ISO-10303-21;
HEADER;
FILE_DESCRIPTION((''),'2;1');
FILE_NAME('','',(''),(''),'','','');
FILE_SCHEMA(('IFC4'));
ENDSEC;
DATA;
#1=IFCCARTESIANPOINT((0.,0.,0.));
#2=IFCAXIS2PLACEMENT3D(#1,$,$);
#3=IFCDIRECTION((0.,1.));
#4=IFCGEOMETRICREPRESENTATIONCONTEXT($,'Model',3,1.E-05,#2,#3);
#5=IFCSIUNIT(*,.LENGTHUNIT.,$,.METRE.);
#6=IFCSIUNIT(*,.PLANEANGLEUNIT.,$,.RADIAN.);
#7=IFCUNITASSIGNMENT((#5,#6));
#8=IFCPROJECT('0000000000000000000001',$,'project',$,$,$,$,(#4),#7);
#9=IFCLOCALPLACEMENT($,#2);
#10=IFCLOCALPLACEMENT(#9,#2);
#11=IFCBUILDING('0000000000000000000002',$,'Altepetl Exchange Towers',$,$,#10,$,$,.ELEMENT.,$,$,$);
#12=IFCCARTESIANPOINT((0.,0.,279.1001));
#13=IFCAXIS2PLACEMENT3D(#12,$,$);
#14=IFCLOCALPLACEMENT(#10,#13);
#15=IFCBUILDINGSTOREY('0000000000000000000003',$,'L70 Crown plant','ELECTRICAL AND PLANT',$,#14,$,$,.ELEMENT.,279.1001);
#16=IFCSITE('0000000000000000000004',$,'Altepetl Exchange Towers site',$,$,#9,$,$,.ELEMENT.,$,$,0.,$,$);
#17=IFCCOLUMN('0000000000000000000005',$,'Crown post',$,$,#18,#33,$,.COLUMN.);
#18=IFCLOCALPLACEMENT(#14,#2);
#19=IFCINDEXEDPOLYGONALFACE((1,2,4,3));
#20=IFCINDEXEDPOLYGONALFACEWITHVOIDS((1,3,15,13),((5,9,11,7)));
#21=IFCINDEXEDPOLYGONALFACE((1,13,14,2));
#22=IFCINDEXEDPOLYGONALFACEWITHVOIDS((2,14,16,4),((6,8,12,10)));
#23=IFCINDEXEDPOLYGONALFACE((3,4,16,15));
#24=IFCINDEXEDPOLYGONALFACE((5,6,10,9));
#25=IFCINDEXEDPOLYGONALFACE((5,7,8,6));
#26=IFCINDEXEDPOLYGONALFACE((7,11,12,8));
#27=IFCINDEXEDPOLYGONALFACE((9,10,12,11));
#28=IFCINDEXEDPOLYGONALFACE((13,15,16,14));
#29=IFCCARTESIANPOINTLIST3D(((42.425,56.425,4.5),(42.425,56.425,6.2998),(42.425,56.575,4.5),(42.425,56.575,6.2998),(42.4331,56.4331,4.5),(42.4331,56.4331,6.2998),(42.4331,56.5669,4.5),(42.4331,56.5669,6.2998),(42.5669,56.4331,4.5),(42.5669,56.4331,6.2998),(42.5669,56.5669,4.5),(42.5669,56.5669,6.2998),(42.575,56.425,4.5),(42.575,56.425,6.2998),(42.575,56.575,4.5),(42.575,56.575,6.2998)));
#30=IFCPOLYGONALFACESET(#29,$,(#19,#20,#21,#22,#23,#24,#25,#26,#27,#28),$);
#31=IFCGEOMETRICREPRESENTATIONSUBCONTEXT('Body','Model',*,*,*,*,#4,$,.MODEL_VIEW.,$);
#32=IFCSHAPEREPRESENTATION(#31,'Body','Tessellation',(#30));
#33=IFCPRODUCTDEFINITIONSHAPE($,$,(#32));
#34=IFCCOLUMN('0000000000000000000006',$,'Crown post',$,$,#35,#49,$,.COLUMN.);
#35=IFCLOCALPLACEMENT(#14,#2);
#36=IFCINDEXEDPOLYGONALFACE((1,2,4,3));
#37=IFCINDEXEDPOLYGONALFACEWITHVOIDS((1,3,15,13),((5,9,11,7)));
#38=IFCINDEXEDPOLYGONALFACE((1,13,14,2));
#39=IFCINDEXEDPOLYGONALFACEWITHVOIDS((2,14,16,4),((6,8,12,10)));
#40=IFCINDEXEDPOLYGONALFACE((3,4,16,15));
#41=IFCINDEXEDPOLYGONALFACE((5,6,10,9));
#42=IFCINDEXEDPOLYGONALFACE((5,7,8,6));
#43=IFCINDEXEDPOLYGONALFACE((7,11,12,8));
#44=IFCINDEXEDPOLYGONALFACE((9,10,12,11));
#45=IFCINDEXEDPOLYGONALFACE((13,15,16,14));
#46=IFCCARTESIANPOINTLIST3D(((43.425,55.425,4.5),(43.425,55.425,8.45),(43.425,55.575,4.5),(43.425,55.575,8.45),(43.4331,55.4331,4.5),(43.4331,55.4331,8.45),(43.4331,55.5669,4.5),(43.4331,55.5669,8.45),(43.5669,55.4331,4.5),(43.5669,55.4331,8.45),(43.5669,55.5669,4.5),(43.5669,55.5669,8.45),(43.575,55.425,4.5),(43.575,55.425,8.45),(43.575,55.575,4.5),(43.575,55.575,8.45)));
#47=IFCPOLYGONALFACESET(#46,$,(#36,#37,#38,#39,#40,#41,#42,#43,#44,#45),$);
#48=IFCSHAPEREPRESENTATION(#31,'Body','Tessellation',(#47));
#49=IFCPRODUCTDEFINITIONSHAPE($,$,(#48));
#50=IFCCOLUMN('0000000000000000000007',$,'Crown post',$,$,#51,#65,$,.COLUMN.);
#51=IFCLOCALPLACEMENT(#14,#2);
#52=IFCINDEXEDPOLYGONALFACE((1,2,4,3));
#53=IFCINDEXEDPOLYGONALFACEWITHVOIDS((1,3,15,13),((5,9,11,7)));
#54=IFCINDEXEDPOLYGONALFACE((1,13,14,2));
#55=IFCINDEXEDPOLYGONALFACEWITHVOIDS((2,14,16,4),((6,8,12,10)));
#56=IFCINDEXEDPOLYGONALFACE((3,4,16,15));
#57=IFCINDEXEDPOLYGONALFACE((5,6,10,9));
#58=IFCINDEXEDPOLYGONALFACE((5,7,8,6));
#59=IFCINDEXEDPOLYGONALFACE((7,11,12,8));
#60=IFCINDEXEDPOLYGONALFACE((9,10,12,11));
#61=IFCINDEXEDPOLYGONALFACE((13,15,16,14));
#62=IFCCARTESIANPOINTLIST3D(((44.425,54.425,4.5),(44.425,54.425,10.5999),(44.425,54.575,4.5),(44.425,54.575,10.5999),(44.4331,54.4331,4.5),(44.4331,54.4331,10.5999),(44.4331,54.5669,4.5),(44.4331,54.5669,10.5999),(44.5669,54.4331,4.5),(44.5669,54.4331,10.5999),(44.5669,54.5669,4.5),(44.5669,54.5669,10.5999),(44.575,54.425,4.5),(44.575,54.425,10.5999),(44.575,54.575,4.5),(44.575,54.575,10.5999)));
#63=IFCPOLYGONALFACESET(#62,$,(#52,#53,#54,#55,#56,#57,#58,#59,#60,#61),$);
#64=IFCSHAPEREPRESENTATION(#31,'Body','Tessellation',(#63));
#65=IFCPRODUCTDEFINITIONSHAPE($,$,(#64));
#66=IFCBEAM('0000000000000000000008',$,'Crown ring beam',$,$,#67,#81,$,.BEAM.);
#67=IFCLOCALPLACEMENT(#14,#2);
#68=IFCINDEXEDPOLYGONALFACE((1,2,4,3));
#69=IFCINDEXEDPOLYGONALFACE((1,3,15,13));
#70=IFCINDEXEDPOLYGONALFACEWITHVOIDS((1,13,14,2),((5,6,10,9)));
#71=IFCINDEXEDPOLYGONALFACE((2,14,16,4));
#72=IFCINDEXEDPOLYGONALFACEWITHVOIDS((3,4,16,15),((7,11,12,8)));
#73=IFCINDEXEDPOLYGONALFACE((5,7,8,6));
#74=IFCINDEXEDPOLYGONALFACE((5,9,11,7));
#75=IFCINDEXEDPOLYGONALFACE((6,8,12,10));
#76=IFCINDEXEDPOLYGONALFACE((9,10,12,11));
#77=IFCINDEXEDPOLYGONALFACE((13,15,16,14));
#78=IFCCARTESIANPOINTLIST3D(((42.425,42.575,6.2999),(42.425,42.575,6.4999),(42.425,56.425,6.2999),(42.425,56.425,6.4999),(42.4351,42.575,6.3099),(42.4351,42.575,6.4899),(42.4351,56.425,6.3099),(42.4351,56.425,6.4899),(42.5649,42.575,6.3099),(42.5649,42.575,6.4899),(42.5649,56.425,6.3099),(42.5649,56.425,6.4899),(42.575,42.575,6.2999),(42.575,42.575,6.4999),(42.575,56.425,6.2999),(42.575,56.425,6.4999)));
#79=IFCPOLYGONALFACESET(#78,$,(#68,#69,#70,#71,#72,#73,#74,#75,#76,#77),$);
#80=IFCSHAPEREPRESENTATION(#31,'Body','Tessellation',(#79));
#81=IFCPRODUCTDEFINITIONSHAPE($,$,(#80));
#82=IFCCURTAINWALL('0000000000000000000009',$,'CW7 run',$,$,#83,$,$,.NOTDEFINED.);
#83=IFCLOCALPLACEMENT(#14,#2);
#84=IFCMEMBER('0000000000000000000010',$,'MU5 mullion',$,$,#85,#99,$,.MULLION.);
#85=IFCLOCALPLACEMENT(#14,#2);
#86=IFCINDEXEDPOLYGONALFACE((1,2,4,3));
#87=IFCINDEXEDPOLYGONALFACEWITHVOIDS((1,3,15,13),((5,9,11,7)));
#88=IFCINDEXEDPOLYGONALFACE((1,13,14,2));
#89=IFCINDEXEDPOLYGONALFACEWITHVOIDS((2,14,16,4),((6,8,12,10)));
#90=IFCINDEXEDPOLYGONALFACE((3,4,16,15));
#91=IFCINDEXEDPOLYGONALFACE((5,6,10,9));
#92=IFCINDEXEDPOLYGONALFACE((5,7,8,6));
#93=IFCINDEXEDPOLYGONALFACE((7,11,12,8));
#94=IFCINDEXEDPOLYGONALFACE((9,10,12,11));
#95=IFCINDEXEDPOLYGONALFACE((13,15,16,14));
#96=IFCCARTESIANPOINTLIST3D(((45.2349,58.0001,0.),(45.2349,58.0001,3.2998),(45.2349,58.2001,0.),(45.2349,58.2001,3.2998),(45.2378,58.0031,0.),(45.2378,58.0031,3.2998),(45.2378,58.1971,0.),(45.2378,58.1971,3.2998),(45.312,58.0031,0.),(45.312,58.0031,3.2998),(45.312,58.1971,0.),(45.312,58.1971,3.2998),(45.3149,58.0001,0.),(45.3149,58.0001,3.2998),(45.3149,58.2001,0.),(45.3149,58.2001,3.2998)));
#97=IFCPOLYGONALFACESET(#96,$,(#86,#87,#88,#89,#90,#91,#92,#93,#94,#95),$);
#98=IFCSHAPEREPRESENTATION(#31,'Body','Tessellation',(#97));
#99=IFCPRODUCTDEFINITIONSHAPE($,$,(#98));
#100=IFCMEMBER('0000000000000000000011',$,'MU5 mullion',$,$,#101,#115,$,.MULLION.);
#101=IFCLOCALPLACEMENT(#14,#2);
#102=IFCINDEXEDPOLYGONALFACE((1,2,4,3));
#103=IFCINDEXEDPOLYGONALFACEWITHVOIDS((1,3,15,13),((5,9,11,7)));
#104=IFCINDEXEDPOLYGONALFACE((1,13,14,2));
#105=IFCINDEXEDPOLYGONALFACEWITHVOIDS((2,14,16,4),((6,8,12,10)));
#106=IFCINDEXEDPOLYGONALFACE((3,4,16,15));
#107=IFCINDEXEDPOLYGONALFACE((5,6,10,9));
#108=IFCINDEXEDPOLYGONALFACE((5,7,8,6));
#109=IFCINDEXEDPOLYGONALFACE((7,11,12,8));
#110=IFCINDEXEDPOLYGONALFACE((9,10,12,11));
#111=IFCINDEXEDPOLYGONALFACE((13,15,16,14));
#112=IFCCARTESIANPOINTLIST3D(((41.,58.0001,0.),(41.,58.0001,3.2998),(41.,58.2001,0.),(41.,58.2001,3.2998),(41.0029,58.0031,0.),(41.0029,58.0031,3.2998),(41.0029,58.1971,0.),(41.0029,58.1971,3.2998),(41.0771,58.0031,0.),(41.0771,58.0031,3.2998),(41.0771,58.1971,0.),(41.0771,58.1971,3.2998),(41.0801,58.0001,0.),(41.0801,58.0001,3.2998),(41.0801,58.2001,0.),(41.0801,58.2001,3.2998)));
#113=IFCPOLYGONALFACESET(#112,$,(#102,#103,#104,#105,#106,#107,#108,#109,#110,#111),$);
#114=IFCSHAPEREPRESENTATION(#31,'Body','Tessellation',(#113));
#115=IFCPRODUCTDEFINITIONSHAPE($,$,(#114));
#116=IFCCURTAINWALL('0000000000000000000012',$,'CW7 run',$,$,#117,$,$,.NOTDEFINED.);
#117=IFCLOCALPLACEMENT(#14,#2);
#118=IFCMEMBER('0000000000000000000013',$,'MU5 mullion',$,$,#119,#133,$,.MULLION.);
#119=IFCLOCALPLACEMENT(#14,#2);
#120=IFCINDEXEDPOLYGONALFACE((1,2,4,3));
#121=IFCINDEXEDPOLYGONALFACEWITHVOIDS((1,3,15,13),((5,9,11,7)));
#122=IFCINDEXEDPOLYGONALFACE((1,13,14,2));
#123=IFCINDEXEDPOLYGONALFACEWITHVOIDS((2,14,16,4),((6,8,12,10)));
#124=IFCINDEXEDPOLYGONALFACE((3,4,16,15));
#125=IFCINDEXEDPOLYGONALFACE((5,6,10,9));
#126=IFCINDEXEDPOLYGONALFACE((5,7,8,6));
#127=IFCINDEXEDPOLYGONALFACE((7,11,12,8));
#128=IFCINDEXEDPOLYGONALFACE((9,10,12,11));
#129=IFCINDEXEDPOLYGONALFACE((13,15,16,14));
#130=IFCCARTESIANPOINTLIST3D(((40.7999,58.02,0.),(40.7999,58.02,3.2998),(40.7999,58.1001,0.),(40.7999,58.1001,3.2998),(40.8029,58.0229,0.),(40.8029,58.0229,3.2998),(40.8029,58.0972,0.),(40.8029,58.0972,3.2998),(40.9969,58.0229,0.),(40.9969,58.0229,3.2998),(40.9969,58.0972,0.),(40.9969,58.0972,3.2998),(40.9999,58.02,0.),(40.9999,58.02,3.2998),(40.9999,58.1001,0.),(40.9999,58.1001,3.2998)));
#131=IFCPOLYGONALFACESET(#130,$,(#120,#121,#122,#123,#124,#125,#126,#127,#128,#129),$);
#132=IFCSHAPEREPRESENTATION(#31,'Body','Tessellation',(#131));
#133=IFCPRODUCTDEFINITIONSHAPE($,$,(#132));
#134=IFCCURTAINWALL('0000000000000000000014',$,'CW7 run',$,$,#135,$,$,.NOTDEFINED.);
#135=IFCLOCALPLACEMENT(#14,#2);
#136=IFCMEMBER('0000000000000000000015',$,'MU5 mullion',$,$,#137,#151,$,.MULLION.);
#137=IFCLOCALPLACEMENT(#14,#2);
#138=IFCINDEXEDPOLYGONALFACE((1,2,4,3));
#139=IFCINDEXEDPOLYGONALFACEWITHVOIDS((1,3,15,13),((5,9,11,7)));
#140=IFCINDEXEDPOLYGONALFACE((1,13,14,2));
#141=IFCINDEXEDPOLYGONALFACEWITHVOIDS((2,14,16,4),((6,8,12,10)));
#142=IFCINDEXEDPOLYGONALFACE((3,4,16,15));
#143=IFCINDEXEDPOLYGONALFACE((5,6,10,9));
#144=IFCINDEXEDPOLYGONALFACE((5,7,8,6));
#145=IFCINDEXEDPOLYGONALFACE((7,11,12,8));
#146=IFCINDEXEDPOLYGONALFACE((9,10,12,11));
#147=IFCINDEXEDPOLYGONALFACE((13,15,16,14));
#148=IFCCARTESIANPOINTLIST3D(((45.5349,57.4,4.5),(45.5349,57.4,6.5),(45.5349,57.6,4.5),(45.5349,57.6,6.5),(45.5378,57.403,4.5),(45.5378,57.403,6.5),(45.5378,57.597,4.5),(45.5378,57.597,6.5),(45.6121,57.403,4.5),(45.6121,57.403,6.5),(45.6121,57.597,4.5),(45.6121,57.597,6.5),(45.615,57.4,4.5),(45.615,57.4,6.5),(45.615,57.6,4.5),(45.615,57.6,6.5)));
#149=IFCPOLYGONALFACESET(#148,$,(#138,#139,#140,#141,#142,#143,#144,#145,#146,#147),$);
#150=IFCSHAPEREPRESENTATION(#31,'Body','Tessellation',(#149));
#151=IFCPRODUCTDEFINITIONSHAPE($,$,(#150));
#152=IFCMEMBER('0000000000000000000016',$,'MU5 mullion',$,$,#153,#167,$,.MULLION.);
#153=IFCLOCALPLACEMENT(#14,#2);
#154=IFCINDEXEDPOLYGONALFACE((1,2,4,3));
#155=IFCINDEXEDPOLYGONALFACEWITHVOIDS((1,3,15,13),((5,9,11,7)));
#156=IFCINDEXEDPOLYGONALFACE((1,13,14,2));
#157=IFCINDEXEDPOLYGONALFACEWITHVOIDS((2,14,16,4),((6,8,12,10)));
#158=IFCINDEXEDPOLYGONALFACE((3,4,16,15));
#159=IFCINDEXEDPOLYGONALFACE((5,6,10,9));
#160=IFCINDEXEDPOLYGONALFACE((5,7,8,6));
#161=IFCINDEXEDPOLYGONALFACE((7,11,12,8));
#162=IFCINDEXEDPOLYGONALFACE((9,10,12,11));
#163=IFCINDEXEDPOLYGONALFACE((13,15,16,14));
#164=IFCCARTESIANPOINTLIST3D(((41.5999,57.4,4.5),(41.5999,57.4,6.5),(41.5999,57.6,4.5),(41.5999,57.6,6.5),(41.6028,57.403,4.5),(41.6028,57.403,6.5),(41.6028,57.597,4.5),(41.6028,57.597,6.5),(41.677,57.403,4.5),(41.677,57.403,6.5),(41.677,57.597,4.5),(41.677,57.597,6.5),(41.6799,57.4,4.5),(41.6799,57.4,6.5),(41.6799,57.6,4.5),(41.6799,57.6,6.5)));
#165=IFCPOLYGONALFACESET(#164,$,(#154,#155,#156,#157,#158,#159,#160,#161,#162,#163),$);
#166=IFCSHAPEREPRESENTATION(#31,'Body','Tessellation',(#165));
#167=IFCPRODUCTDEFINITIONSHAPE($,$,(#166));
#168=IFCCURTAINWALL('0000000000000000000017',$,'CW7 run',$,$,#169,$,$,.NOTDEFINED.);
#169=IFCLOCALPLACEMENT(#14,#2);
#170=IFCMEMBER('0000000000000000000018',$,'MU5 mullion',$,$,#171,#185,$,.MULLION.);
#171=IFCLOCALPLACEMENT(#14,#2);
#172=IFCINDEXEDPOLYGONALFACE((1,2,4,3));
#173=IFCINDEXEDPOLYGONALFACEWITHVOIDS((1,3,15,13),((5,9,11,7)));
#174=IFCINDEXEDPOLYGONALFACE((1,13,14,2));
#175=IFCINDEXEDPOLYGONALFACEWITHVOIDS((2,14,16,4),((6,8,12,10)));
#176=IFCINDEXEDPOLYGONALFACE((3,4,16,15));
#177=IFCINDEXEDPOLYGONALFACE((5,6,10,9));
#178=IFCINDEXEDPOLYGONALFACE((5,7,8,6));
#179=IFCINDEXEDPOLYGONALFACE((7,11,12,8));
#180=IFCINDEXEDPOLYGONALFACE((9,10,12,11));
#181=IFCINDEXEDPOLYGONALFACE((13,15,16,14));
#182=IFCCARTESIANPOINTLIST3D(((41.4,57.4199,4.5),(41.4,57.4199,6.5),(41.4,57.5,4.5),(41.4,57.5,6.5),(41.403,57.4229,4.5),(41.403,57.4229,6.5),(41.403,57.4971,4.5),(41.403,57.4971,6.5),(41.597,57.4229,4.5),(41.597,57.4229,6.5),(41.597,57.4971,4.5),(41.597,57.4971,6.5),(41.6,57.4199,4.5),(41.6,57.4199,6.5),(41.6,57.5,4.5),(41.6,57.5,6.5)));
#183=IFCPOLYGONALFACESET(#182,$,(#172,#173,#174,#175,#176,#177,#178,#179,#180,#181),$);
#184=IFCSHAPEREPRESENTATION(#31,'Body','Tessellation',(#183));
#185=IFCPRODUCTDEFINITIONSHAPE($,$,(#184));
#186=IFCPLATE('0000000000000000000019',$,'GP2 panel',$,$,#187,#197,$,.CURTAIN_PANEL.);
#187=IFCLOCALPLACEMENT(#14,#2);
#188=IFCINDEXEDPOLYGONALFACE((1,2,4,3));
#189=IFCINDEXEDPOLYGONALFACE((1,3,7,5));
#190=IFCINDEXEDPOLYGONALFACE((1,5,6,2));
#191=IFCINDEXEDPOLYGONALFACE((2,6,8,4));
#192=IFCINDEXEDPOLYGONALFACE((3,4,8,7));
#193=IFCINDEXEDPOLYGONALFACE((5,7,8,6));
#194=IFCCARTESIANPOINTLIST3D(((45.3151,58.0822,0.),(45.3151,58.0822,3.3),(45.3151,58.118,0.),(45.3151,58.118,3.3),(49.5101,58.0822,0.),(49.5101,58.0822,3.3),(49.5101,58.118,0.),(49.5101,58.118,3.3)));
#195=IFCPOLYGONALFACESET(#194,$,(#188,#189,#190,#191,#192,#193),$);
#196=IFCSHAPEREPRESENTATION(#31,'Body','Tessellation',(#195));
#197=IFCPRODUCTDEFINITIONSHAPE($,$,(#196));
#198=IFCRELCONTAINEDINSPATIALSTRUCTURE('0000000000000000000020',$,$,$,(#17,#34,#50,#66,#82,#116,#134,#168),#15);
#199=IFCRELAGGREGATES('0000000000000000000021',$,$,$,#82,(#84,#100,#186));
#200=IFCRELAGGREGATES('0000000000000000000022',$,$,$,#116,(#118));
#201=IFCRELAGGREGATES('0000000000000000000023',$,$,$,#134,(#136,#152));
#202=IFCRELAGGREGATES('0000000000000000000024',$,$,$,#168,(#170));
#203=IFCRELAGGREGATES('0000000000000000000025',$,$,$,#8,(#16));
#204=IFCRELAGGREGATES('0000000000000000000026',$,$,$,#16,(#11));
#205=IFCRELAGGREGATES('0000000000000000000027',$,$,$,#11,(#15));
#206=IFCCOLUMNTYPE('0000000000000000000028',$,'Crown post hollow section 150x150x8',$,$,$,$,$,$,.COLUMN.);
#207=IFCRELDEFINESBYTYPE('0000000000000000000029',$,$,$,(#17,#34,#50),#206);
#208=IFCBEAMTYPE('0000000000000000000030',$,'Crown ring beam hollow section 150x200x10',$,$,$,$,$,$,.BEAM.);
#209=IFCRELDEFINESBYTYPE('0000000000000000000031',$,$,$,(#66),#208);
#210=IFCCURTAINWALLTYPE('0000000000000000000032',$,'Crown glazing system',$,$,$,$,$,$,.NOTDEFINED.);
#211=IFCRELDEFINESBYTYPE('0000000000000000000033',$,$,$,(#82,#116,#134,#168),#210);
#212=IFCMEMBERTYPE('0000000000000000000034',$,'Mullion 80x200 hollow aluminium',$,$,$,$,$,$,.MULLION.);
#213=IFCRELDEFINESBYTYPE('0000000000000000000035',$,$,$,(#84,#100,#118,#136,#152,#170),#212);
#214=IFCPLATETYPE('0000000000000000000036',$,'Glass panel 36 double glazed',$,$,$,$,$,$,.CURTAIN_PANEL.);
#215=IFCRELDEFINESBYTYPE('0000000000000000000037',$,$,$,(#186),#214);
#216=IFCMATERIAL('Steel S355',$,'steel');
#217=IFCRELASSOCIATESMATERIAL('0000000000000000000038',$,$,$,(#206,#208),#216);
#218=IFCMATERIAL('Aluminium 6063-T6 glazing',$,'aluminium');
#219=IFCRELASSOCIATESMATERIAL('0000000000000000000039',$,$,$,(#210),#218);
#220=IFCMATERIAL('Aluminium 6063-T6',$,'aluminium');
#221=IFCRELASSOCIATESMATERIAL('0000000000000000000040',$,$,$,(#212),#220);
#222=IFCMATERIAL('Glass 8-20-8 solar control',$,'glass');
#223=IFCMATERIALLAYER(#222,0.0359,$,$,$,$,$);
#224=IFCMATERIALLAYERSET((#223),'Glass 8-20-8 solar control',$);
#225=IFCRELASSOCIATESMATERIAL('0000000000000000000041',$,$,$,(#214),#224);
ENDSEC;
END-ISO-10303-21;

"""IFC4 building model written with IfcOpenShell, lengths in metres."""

from ifc_helpers import new_model, si_unit, direction, frame, origin, origin_2d, place, context, subcontext, project, spatial, rectangle, hollow_rectangle, extrude, material, layer, layer_set, material_profile, profile_set, type_object, element, aggregate, save


model = new_model("IFC4")

# Units and contexts
model_context = context("Model", 3, precision=1e-05, world=origin(), true_north=direction((0.0, 1.0)))
body_context = subcontext(model_context, "Body", "Model", "MODEL_VIEW")
ifc_project = project(units=[si_unit("LENGTHUNIT", "METRE"), si_unit("PLANEANGLEUNIT", "RADIAN")], contexts=[model_context])

# Site, building, storey
site_placement = place(None, origin())
site = spatial("IfcSite", under=ifc_project, at=site_placement, Name="Altepetl Exchange Towers site", CompositionType="ELEMENT", RefElevation=0.0)
building_placement = place(site_placement, origin())
building = spatial("IfcBuilding", under=site, at=building_placement, Name="Altepetl Exchange Towers", CompositionType="ELEMENT")
storey_placement = place(building_placement, frame((0.0, 0.0, 279.1001)))
storey = spatial("IfcBuildingStorey", under=building, at=storey_placement, Name="L70 Crown plant", Description="ELECTRICAL AND PLANT", CompositionType="ELEMENT", Elevation=279.1001)

# Columns
ifc_material_1 = material(Name="Steel S355", Category="steel")
ifc_material_profile_1 = material_profile(ifc_material_1, hollow_rectangle(XDim=0.1499, YDim=0.1499, WallThickness=0.0081, at=origin_2d()), Name="RHS 150x150x8")
ifc_profile_set_1 = profile_set([ifc_material_profile_1], Name="Steel S355")
column_type = type_object("IfcColumnType", Name="Crown post hollow section 150x150x8", PredefinedType="COLUMN", material=ifc_profile_set_1)
column_1_placement = place(storey_placement, frame((42.5, 56.5, 4.5)))
element("IfcColumn", 1, at=column_1_placement, inside=storey, type_object=column_type, Name="Crown post", PredefinedType="COLUMN", context=body_context, shape_type="SweptSolid", body=[
    extrude(hollow_rectangle(XDim=0.1499, YDim=0.1499, WallThickness=0.0081, at=origin_2d()), origin(), (0.0, 0.0, 1.0), 1.7998),
])
column_2_placement = place(storey_placement, frame((43.5, 55.5, 4.5)))
element("IfcColumn", 2, at=column_2_placement, inside=storey, type_object=column_type, Name="Crown post", PredefinedType="COLUMN", context=body_context, shape_type="SweptSolid", body=[
    extrude(hollow_rectangle(XDim=0.1499, YDim=0.1499, WallThickness=0.0081, at=origin_2d()), origin(), (0.0, 0.0, 1.0), 3.95),
])
column_3_placement = place(storey_placement, frame((44.5, 54.5, 4.5)))
element("IfcColumn", 3, at=column_3_placement, inside=storey, type_object=column_type, Name="Crown post", PredefinedType="COLUMN", context=body_context, shape_type="SweptSolid", body=[
    extrude(hollow_rectangle(XDim=0.1499, YDim=0.1499, WallThickness=0.0081, at=origin_2d()), origin(), (0.0, 0.0, 1.0), 6.0999),
])

# Beam
ifc_material_profile_2 = material_profile(ifc_material_1, hollow_rectangle(XDim=0.1499, YDim=0.2, WallThickness=0.01, at=origin_2d()), Name="RHS 200x150x10")
ifc_profile_set_2 = profile_set([ifc_material_profile_2], Name="Steel S355")
beam_type = type_object("IfcBeamType", Name="Crown ring beam hollow section 150x200x10", PredefinedType="BEAM", material=ifc_profile_set_2)
beam_placement = place(storey_placement, frame((42.5, 56.425, 6.3999), z_axis=(0.0, -1.0, 0.0), x_axis=(1.0, 0.0, 0.0)))
element("IfcBeam", 4, at=beam_placement, inside=storey, type_object=beam_type, Name="Crown ring beam", PredefinedType="BEAM", context=body_context, shape_type="SweptSolid", body=[
    extrude(hollow_rectangle(XDim=0.1499, YDim=0.2, WallThickness=0.01, at=origin_2d()), origin(), (0.0, 0.0, 1.0), 13.8501),
])

# Curtain wall, members
ifc_material_2 = material(Name="Aluminium 6063-T6 glazing", Category="aluminium")
curtain_wall_type = type_object("IfcCurtainWallType", Name="Crown glazing system", PredefinedType="NOTDEFINED", material=ifc_material_2)
curtain_wall_1_placement = place(storey_placement, origin())
curtain_wall_1 = element("IfcCurtainWall", 5, at=curtain_wall_1_placement, inside=storey, type_object=curtain_wall_type, Name="CW7 run", PredefinedType="NOTDEFINED")
ifc_material_3 = material(Name="Aluminium 6063-T6", Category="aluminium")
ifc_material_profile_3 = material_profile(ifc_material_3, hollow_rectangle(XDim=0.0801, YDim=0.2, WallThickness=0.0029, at=origin_2d()), Name="Mullion 80x200 hollow aluminium")
ifc_profile_set_3 = profile_set([ifc_material_profile_3], Name="Aluminium 6063-T6")
member_type = type_object("IfcMemberType", Name="Mullion 80x200 hollow aluminium", PredefinedType="MULLION", material=ifc_profile_set_3)
member_1_placement = place(storey_placement, frame((45.2749, 58.1001, 0.0), z_axis=(0.0, 0.0, 1.0), x_axis=(-1.0, 0.0, 0.0)))
member_1 = element("IfcMember", 6, at=member_1_placement, type_object=member_type, Name="MU5 mullion", PredefinedType="MULLION", context=body_context, shape_type="SweptSolid", body=[
    extrude(hollow_rectangle(XDim=0.0801, YDim=0.2, WallThickness=0.0029, at=origin_2d()), origin(), (0.0, 0.0, 1.0), 3.2998),
])
member_2_placement = place(storey_placement, frame((41.04, 58.1001, 0.0), z_axis=(0.0, 0.0, 1.0), x_axis=(-1.0, 0.0, 0.0)))
member_2 = element("IfcMember", 7, at=member_2_placement, type_object=member_type, Name="MU5 mullion", PredefinedType="MULLION", context=body_context, shape_type="SweptSolid", body=[
    extrude(hollow_rectangle(XDim=0.0801, YDim=0.2, WallThickness=0.0029, at=origin_2d()), origin(), (0.0, 0.0, 1.0), 3.2998),
])

# Curtain wall, member
curtain_wall_2_placement = place(storey_placement, origin())
curtain_wall_2 = element("IfcCurtainWall", 8, at=curtain_wall_2_placement, inside=storey, type_object=curtain_wall_type, Name="CW7 run", PredefinedType="NOTDEFINED")
member_3_placement = place(storey_placement, frame((40.8999, 58.0601, 0.0), z_axis=(0.0, 0.0, 1.0), x_axis=(0.0, -1.0, 0.0)))
member_3 = element("IfcMember", 9, at=member_3_placement, type_object=member_type, Name="MU5 mullion", PredefinedType="MULLION", context=body_context, shape_type="SweptSolid", body=[
    extrude(hollow_rectangle(XDim=0.0801, YDim=0.2, WallThickness=0.0029, at=origin_2d()), origin(), (0.0, 0.0, 1.0), 3.2998),
])

# Curtain wall, members
curtain_wall_3_placement = place(storey_placement, origin())
curtain_wall_3 = element("IfcCurtainWall", 10, at=curtain_wall_3_placement, inside=storey, type_object=curtain_wall_type, Name="CW7 run", PredefinedType="NOTDEFINED")
member_4_placement = place(storey_placement, frame((45.575, 57.5, 4.5), z_axis=(0.0, 0.0, 1.0), x_axis=(-1.0, 0.0, 0.0)))
member_4 = element("IfcMember", 11, at=member_4_placement, type_object=member_type, Name="MU5 mullion", PredefinedType="MULLION", context=body_context, shape_type="SweptSolid", body=[
    extrude(hollow_rectangle(XDim=0.0801, YDim=0.2, WallThickness=0.0029, at=origin_2d()), origin(), (0.0, 0.0, 1.0), 2.0),
])
member_5_placement = place(storey_placement, frame((41.6399, 57.5, 4.5), z_axis=(0.0, 0.0, 1.0), x_axis=(-1.0, 0.0, 0.0)))
member_5 = element("IfcMember", 12, at=member_5_placement, type_object=member_type, Name="MU5 mullion", PredefinedType="MULLION", context=body_context, shape_type="SweptSolid", body=[
    extrude(hollow_rectangle(XDim=0.0801, YDim=0.2, WallThickness=0.0029, at=origin_2d()), origin(), (0.0, 0.0, 1.0), 2.0),
])

# Curtain wall, member
curtain_wall_4_placement = place(storey_placement, origin())
curtain_wall_4 = element("IfcCurtainWall", 13, at=curtain_wall_4_placement, inside=storey, type_object=curtain_wall_type, Name="CW7 run", PredefinedType="NOTDEFINED")
member_6_placement = place(storey_placement, frame((41.5, 57.46, 4.5), z_axis=(0.0, 0.0, 1.0), x_axis=(0.0, -1.0, 0.0)))
member_6 = element("IfcMember", 14, at=member_6_placement, type_object=member_type, Name="MU5 mullion", PredefinedType="MULLION", context=body_context, shape_type="SweptSolid", body=[
    extrude(hollow_rectangle(XDim=0.0801, YDim=0.2, WallThickness=0.0029, at=origin_2d()), origin(), (0.0, 0.0, 1.0), 2.0),
])

# Plate
ifc_material_4 = material(Name="Glass 8-20-8 solar control", Category="glass")
ifc_layer_1 = layer(ifc_material_4, 0.0359)
ifc_layer_set_1 = layer_set([ifc_layer_1], Name="Glass 8-20-8 solar control")
plate_type = type_object("IfcPlateType", Name="Glass panel 36 double glazed", PredefinedType="CURTAIN_PANEL", material=ifc_layer_set_1)
plate_1_placement = place(storey_placement, frame((47.4126, 58.1001, 0.0), z_axis=(0.0, 0.0, 1.0), x_axis=(-1.0, 0.0, 0.0)))
plate_1 = element("IfcPlate", 15, at=plate_1_placement, type_object=plate_type, Name="GP2 panel", PredefinedType="CURTAIN_PANEL", context=body_context, shape_type="SweptSolid", body=[
    extrude(rectangle(XDim=4.1951, YDim=0.0359, at=origin_2d()), origin(), (0.0, 0.0, 1.0), 3.3),
])
aggregate(curtain_wall_1, [member_1, member_2, plate_1])
aggregate(curtain_wall_2, [member_3])
aggregate(curtain_wall_3, [member_4, member_5])
aggregate(curtain_wall_4, [member_6])

save(model, "model.ifc")
